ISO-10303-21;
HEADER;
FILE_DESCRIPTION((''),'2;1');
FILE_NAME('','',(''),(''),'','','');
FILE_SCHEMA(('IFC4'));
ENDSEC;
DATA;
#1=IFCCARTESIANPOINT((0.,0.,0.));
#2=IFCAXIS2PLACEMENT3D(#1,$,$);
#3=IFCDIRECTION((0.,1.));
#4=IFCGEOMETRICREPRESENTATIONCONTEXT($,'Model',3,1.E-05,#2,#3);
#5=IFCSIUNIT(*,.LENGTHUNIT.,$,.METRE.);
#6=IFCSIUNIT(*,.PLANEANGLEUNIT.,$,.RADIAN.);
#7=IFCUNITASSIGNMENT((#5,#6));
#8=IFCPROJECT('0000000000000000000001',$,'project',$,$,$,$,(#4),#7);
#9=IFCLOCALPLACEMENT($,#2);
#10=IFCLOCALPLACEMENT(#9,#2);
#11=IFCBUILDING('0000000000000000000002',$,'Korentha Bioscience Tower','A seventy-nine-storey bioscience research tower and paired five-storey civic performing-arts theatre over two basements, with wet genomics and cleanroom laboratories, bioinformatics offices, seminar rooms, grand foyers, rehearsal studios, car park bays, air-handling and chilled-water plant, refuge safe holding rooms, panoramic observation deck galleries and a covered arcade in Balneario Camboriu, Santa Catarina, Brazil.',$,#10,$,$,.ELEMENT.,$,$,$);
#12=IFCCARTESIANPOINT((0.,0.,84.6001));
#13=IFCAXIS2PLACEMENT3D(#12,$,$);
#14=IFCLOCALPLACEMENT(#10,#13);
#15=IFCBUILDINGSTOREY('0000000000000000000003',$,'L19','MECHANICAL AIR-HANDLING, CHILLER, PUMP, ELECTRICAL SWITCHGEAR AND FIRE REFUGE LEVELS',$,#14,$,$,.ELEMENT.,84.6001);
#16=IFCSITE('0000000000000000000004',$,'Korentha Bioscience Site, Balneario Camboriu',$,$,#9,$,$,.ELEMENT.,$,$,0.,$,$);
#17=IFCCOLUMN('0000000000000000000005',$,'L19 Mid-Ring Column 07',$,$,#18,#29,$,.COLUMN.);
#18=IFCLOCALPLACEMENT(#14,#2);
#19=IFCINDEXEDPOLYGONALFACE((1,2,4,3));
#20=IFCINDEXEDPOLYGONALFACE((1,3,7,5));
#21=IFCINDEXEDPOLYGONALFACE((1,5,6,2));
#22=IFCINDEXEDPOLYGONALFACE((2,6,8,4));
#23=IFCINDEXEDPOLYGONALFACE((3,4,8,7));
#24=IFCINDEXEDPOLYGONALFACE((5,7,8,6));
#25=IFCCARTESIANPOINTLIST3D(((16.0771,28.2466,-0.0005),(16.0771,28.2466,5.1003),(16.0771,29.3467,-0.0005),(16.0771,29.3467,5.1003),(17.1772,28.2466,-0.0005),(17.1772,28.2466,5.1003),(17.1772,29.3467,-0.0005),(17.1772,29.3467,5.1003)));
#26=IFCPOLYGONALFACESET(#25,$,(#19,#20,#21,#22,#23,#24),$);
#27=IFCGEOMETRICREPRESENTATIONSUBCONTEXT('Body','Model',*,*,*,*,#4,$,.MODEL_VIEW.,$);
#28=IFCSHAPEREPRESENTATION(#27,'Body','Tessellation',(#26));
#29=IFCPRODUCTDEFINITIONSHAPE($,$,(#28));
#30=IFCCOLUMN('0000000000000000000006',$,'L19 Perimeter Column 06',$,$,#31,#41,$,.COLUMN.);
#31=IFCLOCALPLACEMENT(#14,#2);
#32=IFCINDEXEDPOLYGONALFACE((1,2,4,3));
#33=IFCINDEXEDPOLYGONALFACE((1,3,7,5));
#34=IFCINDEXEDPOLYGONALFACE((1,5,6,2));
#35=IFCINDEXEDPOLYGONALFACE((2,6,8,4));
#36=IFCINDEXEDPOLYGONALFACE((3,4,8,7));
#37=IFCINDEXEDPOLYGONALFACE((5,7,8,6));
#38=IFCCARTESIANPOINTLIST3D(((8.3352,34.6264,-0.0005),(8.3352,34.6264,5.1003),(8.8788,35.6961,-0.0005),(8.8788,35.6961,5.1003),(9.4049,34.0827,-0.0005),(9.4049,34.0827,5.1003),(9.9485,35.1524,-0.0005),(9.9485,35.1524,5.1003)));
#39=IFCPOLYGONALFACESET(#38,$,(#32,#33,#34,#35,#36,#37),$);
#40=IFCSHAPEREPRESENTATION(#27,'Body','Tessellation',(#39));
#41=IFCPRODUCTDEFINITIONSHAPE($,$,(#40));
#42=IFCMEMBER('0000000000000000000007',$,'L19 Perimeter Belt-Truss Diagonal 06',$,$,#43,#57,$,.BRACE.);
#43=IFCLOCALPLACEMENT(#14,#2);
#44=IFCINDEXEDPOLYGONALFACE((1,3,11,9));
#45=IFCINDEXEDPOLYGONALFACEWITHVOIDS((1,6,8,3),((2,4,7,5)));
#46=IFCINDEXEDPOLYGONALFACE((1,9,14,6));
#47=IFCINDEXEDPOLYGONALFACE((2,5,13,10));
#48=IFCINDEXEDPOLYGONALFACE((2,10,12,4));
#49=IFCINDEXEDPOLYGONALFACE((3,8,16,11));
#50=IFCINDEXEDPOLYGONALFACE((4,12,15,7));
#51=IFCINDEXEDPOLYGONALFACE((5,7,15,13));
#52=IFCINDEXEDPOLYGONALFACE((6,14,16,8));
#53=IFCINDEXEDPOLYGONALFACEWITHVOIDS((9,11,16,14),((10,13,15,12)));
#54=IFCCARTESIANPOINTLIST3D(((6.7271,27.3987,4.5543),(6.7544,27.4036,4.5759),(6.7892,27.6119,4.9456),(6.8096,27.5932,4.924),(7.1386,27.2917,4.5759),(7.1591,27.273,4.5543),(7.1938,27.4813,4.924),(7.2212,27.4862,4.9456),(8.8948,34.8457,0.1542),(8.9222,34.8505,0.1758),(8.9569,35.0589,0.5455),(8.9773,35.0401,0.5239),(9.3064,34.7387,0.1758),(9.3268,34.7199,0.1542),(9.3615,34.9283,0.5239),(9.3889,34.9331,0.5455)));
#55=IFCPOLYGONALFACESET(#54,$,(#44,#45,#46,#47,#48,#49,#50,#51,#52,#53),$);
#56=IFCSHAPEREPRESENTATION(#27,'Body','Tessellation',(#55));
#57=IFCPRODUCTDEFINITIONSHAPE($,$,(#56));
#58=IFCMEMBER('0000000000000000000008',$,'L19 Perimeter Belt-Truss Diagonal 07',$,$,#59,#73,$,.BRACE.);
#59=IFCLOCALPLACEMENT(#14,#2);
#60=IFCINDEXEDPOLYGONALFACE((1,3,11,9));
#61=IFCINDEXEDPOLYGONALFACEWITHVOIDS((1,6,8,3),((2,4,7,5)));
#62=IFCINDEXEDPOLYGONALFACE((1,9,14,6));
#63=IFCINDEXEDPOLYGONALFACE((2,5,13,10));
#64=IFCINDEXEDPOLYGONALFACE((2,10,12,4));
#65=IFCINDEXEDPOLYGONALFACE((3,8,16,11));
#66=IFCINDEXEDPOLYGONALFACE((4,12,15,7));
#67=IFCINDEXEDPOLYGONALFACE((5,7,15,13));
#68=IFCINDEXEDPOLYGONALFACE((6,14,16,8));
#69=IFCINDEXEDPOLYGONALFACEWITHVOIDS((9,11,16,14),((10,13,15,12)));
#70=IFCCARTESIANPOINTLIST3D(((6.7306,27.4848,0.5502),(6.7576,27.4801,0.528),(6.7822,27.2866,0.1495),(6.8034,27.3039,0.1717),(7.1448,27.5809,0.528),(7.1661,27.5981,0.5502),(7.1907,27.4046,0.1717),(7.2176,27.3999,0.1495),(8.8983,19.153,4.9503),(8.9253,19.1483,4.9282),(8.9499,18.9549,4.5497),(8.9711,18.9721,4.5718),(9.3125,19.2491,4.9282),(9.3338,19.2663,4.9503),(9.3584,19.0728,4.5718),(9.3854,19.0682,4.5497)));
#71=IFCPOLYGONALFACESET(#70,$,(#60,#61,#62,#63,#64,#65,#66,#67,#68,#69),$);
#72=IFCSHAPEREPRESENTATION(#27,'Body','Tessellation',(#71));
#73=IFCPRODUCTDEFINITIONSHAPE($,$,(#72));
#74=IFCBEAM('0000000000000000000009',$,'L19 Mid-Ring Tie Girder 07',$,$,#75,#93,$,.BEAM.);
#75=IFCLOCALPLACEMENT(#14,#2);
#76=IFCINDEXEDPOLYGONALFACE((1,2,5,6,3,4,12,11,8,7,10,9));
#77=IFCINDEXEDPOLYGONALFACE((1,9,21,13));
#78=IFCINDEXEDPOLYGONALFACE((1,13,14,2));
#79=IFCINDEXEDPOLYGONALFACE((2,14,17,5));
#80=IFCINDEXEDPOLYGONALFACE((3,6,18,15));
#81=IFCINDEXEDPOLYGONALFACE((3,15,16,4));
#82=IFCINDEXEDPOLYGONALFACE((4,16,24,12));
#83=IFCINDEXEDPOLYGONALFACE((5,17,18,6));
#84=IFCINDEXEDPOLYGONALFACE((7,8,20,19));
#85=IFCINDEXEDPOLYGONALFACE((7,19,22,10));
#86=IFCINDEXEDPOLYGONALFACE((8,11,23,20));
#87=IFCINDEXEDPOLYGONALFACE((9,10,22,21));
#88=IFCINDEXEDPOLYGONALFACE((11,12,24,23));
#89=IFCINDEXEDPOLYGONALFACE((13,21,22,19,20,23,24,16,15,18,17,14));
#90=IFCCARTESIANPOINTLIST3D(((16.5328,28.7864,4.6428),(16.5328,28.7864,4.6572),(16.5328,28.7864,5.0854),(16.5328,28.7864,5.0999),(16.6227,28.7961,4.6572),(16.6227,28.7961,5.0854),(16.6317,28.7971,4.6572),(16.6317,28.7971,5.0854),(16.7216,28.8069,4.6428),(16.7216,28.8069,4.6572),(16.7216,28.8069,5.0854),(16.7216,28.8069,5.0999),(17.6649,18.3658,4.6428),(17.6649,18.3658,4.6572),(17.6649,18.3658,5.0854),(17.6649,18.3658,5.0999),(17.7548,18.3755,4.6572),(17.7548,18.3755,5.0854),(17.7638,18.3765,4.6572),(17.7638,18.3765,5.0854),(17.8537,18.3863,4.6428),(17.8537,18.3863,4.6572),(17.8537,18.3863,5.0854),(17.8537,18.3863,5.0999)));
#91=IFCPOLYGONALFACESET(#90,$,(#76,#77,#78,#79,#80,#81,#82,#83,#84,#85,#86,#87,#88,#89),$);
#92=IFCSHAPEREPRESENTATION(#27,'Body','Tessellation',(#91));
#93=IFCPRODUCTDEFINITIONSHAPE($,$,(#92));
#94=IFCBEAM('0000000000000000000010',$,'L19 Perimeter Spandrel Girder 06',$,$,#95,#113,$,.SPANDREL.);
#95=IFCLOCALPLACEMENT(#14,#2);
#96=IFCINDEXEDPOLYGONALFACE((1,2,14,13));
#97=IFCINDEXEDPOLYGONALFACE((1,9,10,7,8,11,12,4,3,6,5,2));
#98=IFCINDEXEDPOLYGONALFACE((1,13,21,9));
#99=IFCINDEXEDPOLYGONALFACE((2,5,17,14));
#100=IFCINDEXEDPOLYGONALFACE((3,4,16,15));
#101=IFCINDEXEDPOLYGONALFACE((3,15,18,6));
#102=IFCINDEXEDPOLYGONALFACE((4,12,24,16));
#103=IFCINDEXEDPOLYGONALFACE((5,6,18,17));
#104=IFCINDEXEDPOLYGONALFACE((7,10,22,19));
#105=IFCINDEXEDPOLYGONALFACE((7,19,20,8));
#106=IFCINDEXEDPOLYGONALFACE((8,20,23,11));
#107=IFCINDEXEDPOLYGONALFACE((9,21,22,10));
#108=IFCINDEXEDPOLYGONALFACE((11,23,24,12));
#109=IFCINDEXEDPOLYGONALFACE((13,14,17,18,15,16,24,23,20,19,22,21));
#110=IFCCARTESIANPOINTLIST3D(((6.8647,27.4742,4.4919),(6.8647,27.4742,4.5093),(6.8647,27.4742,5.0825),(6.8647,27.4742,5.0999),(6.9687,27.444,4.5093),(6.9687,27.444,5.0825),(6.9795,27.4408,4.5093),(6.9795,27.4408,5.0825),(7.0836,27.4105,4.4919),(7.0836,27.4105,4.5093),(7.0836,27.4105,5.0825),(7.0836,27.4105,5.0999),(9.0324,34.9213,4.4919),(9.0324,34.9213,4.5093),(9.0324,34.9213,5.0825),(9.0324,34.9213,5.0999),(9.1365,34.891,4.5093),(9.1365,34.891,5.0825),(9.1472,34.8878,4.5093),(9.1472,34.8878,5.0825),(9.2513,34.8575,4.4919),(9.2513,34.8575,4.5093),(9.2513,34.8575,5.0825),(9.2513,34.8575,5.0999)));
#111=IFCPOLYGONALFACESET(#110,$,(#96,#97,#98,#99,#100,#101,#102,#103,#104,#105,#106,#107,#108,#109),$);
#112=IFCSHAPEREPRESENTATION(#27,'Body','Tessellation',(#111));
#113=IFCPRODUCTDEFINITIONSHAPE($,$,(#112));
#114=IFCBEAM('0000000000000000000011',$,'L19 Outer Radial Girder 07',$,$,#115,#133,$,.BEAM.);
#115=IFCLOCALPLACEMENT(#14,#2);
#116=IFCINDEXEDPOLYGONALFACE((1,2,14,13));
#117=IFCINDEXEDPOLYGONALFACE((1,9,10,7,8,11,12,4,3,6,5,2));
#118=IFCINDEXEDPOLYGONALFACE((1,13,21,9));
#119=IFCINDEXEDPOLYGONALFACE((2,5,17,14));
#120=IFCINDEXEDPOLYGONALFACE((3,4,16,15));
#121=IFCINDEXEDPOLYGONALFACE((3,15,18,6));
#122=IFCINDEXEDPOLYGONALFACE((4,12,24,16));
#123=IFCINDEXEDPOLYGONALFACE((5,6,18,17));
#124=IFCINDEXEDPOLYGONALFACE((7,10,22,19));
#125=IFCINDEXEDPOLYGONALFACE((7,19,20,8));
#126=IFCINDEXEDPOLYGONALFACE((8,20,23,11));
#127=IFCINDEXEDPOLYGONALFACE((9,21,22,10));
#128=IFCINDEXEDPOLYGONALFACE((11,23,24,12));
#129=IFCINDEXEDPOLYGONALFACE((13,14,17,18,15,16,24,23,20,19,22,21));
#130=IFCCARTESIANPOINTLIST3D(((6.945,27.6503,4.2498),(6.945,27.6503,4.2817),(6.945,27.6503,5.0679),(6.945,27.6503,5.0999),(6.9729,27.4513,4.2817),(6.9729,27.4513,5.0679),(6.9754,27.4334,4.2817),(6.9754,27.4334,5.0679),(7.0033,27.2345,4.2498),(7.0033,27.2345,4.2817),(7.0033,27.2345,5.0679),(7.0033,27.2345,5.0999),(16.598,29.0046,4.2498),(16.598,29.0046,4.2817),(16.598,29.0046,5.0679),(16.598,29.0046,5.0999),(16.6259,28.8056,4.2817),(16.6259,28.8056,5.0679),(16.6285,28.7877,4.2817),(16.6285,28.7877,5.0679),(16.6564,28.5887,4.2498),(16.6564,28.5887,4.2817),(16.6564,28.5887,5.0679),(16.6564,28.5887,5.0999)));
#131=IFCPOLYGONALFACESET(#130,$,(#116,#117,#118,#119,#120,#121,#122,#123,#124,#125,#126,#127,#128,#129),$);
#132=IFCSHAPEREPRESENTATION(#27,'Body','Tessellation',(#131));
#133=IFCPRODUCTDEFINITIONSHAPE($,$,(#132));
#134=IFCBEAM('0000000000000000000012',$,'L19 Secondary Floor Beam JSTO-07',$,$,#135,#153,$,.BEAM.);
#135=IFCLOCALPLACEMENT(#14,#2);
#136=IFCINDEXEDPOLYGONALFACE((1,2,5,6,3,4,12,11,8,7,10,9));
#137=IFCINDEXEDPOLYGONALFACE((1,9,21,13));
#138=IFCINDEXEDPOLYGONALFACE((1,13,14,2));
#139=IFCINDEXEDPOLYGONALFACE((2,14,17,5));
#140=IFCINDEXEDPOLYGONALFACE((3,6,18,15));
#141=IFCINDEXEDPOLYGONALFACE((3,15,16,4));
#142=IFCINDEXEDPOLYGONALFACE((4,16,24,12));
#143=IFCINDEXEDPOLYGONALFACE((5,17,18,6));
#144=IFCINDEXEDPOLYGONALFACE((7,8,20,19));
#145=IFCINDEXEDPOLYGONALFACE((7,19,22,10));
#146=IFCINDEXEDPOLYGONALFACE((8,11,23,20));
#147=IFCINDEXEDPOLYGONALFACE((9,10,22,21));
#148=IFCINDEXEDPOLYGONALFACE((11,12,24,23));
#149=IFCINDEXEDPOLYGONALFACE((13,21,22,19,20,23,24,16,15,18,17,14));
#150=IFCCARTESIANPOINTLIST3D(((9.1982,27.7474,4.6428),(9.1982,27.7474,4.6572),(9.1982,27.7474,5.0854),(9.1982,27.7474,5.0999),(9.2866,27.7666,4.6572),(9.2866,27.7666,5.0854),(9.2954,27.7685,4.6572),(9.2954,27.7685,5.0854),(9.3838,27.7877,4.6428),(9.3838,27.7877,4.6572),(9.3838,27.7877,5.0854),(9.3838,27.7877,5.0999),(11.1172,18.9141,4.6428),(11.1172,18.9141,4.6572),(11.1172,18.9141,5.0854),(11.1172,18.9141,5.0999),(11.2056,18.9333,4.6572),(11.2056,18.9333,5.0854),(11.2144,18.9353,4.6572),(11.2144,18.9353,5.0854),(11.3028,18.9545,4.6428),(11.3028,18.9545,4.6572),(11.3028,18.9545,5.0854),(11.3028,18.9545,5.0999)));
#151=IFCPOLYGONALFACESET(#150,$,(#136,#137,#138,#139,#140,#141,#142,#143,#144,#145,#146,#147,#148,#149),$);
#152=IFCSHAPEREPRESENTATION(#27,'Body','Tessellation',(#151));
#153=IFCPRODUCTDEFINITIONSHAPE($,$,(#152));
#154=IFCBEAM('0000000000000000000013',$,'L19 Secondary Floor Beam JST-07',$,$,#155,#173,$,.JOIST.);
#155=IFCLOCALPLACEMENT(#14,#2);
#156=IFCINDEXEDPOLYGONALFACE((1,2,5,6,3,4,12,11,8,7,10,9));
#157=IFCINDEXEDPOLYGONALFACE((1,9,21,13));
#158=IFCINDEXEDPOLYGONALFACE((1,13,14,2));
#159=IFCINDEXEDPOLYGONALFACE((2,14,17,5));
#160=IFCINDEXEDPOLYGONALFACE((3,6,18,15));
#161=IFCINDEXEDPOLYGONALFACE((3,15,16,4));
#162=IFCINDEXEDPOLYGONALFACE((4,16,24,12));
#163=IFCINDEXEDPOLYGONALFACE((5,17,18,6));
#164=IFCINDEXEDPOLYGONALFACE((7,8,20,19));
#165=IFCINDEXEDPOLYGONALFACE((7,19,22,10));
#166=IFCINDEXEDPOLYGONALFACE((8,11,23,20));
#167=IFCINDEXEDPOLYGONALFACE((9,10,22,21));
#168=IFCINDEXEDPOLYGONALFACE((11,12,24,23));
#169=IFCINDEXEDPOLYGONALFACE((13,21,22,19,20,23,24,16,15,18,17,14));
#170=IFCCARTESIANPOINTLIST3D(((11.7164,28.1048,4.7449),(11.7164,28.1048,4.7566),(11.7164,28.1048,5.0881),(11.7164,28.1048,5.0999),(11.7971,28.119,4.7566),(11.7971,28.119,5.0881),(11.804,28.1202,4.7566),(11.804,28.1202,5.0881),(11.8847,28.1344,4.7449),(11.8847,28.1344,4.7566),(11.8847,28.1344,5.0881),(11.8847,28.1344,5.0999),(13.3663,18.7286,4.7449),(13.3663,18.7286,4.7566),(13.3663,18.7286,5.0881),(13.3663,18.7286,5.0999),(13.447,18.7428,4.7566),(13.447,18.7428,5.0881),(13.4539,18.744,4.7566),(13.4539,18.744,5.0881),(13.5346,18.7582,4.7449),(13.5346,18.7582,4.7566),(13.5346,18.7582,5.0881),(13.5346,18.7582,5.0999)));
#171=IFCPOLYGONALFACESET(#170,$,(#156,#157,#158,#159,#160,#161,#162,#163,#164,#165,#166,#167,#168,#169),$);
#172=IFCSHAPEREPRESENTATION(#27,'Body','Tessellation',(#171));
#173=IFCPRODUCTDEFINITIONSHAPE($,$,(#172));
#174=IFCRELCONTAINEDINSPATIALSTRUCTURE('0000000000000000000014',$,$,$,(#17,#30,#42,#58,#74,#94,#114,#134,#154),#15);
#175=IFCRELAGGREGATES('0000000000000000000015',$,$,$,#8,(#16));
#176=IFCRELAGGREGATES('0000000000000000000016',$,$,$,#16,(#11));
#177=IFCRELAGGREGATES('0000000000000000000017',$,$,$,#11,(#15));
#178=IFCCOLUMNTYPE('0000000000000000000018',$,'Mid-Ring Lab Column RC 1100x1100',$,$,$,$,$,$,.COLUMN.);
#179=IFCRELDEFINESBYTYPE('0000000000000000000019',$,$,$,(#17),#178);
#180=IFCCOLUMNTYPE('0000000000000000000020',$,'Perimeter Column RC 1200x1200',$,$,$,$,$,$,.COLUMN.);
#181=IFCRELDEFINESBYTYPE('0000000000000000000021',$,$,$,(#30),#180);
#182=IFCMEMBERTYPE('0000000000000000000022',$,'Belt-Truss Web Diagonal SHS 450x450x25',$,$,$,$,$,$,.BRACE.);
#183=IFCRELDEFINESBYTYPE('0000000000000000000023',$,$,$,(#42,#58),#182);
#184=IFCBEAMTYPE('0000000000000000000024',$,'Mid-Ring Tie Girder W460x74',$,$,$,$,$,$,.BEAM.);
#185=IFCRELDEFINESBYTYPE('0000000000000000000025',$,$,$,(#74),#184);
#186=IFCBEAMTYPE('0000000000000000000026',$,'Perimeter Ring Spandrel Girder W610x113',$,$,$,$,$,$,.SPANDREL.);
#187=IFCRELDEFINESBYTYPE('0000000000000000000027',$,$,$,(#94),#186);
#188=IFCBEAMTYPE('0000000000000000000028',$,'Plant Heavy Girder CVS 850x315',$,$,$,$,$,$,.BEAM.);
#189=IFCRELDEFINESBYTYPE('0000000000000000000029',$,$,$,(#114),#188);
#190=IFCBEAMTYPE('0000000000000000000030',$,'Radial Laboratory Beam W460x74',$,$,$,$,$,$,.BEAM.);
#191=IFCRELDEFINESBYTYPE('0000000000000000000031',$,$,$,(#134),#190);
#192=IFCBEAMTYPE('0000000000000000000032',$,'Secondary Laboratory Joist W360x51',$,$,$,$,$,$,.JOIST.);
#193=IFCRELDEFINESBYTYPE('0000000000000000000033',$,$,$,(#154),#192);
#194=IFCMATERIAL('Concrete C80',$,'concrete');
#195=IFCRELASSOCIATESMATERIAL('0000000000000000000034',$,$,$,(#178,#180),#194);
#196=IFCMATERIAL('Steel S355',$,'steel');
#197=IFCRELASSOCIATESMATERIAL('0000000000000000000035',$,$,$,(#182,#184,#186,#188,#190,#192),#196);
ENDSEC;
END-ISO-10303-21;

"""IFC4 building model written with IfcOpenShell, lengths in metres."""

from ifc_helpers import new_model, si_unit, direction, frame, origin, origin_2d, place, context, subcontext, project, spatial, rectangle, hollow_rectangle, i_section, extrude, material, material_profile, profile_set, type_object, element, save


model = new_model("IFC4")

# Units and contexts
model_context = context("Model", 3, precision=1e-05, world=origin(), true_north=direction((0.0, 1.0)))
body_context = subcontext(model_context, "Body", "Model", "MODEL_VIEW")
ifc_project = project(units=[si_unit("LENGTHUNIT", "METRE"), si_unit("PLANEANGLEUNIT", "RADIAN")], contexts=[model_context])

# Site, building, storey
site_placement = place(None, origin())
site = spatial("IfcSite", under=ifc_project, at=site_placement, Name="Korentha Bioscience Site, Balneario Camboriu", CompositionType="ELEMENT", RefElevation=0.0)
building_placement = place(site_placement, origin())
building = spatial("IfcBuilding", under=site, at=building_placement, Name="Korentha Bioscience Tower", Description="A seventy-nine-storey bioscience research tower and paired five-storey civic performing-arts theatre over two basements, with wet genomics and cleanroom laboratories, bioinformatics offices, seminar rooms, grand foyers, rehearsal studios, car park bays, air-handling and chilled-water plant, refuge safe holding rooms, panoramic observation deck galleries and a covered arcade in Balneario Camboriu, Santa Catarina, Brazil.", CompositionType="ELEMENT")
storey_placement = place(building_placement, frame((0.0, 0.0, 84.6001)))
storey = spatial("IfcBuildingStorey", under=building, at=storey_placement, Name="L19", Description="MECHANICAL AIR-HANDLING, CHILLER, PUMP, ELECTRICAL SWITCHGEAR AND FIRE REFUGE LEVELS", CompositionType="ELEMENT", Elevation=84.6001)

# Columns
ifc_material_1 = material(Name="Concrete C80", Category="concrete")
ifc_material_profile_1 = material_profile(ifc_material_1, rectangle(XDim=1.1001, YDim=1.1001, at=origin_2d()), Name="Concrete C80")
ifc_profile_set_1 = profile_set([ifc_material_profile_1], Name="Concrete C80 (COL-MR11)")
column_type_1 = type_object("IfcColumnType", Name="Mid-Ring Lab Column RC 1100x1100", PredefinedType="COLUMN", material=ifc_profile_set_1)
column_1_placement = place(storey_placement, frame((16.6272, 28.7966, -0.0005), z_axis=(0.0, 0.0, 1.0), x_axis=(1.0, 0.0, 0.0)))
element("IfcColumn", 1, at=column_1_placement, inside=storey, type_object=column_type_1, Name="L19 Mid-Ring Column 07", PredefinedType="COLUMN", context=body_context, shape_type="SweptSolid", body=[
    extrude(rectangle(XDim=1.1001, YDim=1.1001, at=origin_2d()), origin(), (0.0, 0.0, 1.0), 5.1008),
])
ifc_material_profile_2 = material_profile(ifc_material_1, rectangle(XDim=1.2, YDim=1.2, at=origin_2d()), Name="Concrete C80")
ifc_profile_set_2 = profile_set([ifc_material_profile_2], Name="Concrete C80 (COL-P12)")
column_type_2 = type_object("IfcColumnType", Name="Perimeter Column RC 1200x1200", PredefinedType="COLUMN", material=ifc_profile_set_2)
column_2_placement = place(storey_placement, frame((9.1418, 34.8894, -0.0005), z_axis=(0.0, 0.0, 1.0), x_axis=(0.453057, 0.891481, 0.0)))
element("IfcColumn", 2, at=column_2_placement, inside=storey, type_object=column_type_2, Name="L19 Perimeter Column 06", PredefinedType="COLUMN", context=body_context, shape_type="SweptSolid", body=[
    extrude(rectangle(XDim=1.2, YDim=1.2, at=origin_2d()), origin(), (0.0, 0.0, 1.0), 5.1008),
])

# Members
ifc_material_2 = material(Name="Steel S355", Category="steel")
ifc_material_profile_3 = material_profile(ifc_material_2, hollow_rectangle(XDim=0.45, YDim=0.45, WallThickness=0.0249, at=origin_2d()), Name="Steel S355")
ifc_profile_set_3 = profile_set([ifc_material_profile_3], Name="Steel S355 (BT-D450)")
member_type = type_object("IfcMemberType", Name="Belt-Truss Web Diagonal SHS 450x450x25", PredefinedType="BRACE", material=ifc_profile_set_3)
member_1_placement = place(storey_placement, frame((9.1418, 34.8894, 0.3499), z_axis=(-0.243092, -0.83512, 0.493439), x_axis=(0.96015, -0.279486, 0.0)))
element("IfcMember", 3, at=member_1_placement, inside=storey, type_object=member_type, Name="L19 Perimeter Belt-Truss Diagonal 06", PredefinedType="BRACE", context=body_context, shape_type="SweptSolid", body=[
    extrude(hollow_rectangle(XDim=0.45, YDim=0.45, WallThickness=0.0249, at=origin_2d()), origin(), (0.0, 0.0, 1.0), 8.9172),
])
member_2_placement = place(storey_placement, frame((6.9741, 27.4424, 0.3499), z_axis=(0.224206, -0.86175, 0.455103), x_axis=(0.967781, 0.251793, 0.0)))
element("IfcMember", 4, at=member_2_placement, inside=storey, type_object=member_type, Name="L19 Perimeter Belt-Truss Diagonal 07", PredefinedType="BRACE", context=body_context, shape_type="SweptSolid", body=[
    extrude(hollow_rectangle(XDim=0.45, YDim=0.45, WallThickness=0.0249, at=origin_2d()), origin(), (0.0, 0.0, 1.0), 9.6685),
])

# Beams
ifc_material_profile_4 = material_profile(ifc_material_2, i_section(OverallWidth=0.1899, OverallDepth=0.457, WebThickness=0.009, FlangeThickness=0.0144, at=origin_2d()), Name="Steel S355")
ifc_profile_set_4 = profile_set([ifc_material_profile_4], Name="Steel S355 (MB-460)")
beam_type_1 = type_object("IfcBeamType", Name="Mid-Ring Tie Girder W460x74", PredefinedType="BEAM", material=ifc_profile_set_4)
beam_1_placement = place(storey_placement, frame((16.6272, 28.7966, 4.8713), z_axis=(0.108003, -0.994151, 0.0), x_axis=(0.994151, 0.108003, 0.0)))
element("IfcBeam", 5, at=beam_1_placement, inside=storey, type_object=beam_type_1, Name="L19 Mid-Ring Tie Girder 07", PredefinedType="BEAM", context=body_context, shape_type="SweptSolid", body=[
    extrude(i_section(OverallWidth=0.1899, OverallDepth=0.457, WebThickness=0.009, FlangeThickness=0.0144, at=origin_2d()), origin(), (0.0, 0.0, 1.0), 10.4819),
])
ifc_material_profile_5 = material_profile(ifc_material_2, i_section(OverallWidth=0.228, OverallDepth=0.6079, WebThickness=0.0112, FlangeThickness=0.0173, at=origin_2d()), Name="Steel S355")
ifc_profile_set_5 = profile_set([ifc_material_profile_5], Name="Steel S355 (SB-610)")
beam_type_2 = type_object("IfcBeamType", Name="Perimeter Ring Spandrel Girder W610x113", PredefinedType="SPANDREL", material=ifc_profile_set_5)
beam_2_placement = place(storey_placement, frame((9.1418, 34.8894, 4.7959), z_axis=(-0.279486, -0.96015, 0.0), x_axis=(0.96015, -0.279486, 0.0)))
element("IfcBeam", 6, at=beam_2_placement, inside=storey, type_object=beam_type_2, Name="L19 Perimeter Spandrel Girder 06", PredefinedType="SPANDREL", context=body_context, shape_type="SweptSolid", body=[
    extrude(i_section(OverallWidth=0.228, OverallDepth=0.6079, WebThickness=0.0112, FlangeThickness=0.0173, at=origin_2d()), origin(), (0.0, 0.0, 1.0), 7.7561),
])
ifc_material_profile_6 = material_profile(ifc_material_2, i_section(OverallWidth=0.4199, OverallDepth=0.8501, WebThickness=0.0181, FlangeThickness=0.032, at=origin_2d()), Name="Steel S355")
ifc_profile_set_6 = profile_set([ifc_material_profile_6], Name="Steel S355 (MB-850)")
beam_type_3 = type_object("IfcBeamType", Name="Plant Heavy Girder CVS 850x315", PredefinedType="BEAM", material=ifc_profile_set_6)
beam_3_placement = place(storey_placement, frame((16.6272, 28.7966, 4.6748), z_axis=(-0.990302, -0.138931, 0.0), x_axis=(0.138931, -0.990302, 0.0)))
element("IfcBeam", 7, at=beam_3_placement, inside=storey, type_object=beam_type_3, Name="L19 Outer Radial Girder 07", PredefinedType="BEAM", context=body_context, shape_type="SweptSolid", body=[
    extrude(i_section(OverallWidth=0.4199, OverallDepth=0.8501, WebThickness=0.0181, FlangeThickness=0.032, at=origin_2d()), origin(), (0.0, 0.0, 1.0), 9.7476),
])
ifc_material_profile_7 = material_profile(ifc_material_2, i_section(OverallWidth=0.1899, OverallDepth=0.457, WebThickness=0.009, FlangeThickness=0.0144, at=origin_2d()), Name="Steel S355")
ifc_profile_set_7 = profile_set([ifc_material_profile_7], Name="Steel S355 (RB-460)")
beam_type_4 = type_object("IfcBeamType", Name="Radial Laboratory Beam W460x74", PredefinedType="BEAM", material=ifc_profile_set_7)
beam_4_placement = place(storey_placement, frame((9.291, 27.7676, 4.8713), z_axis=(0.212289, -0.977207, 0.0), x_axis=(0.977207, 0.212289, 0.0)))
element("IfcBeam", 8, at=beam_4_placement, inside=storey, type_object=beam_type_4, Name="L19 Secondary Floor Beam JSTO-07", PredefinedType="BEAM", context=body_context, shape_type="SweptSolid", body=[
    extrude(i_section(OverallWidth=0.1899, OverallDepth=0.457, WebThickness=0.009, FlangeThickness=0.0144, at=origin_2d()), origin(), (0.0, 0.0, 1.0), 9.0393),
])
ifc_material_profile_8 = material_profile(ifc_material_2, i_section(OverallWidth=0.1709, OverallDepth=0.355, WebThickness=0.0071, FlangeThickness=0.0117, at=origin_2d()), Name="Steel S355")
ifc_profile_set_8 = profile_set([ifc_material_profile_8], Name="Steel S355 (JB-360)")
beam_type_5 = type_object("IfcBeamType", Name="Secondary Laboratory Joist W360x51", PredefinedType="JOIST", material=ifc_profile_set_8)
beam_5_placement = place(storey_placement, frame((11.8005, 28.1196, 4.9224), z_axis=(0.173304, -0.984868, 0.0), x_axis=(0.984868, 0.173304, 0.0)))
element("IfcBeam", 9, at=beam_5_placement, inside=storey, type_object=beam_type_5, Name="L19 Secondary Floor Beam JST-07", PredefinedType="JOIST", context=body_context, shape_type="SweptSolid", body=[
    extrude(i_section(OverallWidth=0.1709, OverallDepth=0.355, WebThickness=0.0071, FlangeThickness=0.0117, at=origin_2d()), origin(), (0.0, 0.0, 1.0), 9.5203),
])

save(model, "model.ifc")
